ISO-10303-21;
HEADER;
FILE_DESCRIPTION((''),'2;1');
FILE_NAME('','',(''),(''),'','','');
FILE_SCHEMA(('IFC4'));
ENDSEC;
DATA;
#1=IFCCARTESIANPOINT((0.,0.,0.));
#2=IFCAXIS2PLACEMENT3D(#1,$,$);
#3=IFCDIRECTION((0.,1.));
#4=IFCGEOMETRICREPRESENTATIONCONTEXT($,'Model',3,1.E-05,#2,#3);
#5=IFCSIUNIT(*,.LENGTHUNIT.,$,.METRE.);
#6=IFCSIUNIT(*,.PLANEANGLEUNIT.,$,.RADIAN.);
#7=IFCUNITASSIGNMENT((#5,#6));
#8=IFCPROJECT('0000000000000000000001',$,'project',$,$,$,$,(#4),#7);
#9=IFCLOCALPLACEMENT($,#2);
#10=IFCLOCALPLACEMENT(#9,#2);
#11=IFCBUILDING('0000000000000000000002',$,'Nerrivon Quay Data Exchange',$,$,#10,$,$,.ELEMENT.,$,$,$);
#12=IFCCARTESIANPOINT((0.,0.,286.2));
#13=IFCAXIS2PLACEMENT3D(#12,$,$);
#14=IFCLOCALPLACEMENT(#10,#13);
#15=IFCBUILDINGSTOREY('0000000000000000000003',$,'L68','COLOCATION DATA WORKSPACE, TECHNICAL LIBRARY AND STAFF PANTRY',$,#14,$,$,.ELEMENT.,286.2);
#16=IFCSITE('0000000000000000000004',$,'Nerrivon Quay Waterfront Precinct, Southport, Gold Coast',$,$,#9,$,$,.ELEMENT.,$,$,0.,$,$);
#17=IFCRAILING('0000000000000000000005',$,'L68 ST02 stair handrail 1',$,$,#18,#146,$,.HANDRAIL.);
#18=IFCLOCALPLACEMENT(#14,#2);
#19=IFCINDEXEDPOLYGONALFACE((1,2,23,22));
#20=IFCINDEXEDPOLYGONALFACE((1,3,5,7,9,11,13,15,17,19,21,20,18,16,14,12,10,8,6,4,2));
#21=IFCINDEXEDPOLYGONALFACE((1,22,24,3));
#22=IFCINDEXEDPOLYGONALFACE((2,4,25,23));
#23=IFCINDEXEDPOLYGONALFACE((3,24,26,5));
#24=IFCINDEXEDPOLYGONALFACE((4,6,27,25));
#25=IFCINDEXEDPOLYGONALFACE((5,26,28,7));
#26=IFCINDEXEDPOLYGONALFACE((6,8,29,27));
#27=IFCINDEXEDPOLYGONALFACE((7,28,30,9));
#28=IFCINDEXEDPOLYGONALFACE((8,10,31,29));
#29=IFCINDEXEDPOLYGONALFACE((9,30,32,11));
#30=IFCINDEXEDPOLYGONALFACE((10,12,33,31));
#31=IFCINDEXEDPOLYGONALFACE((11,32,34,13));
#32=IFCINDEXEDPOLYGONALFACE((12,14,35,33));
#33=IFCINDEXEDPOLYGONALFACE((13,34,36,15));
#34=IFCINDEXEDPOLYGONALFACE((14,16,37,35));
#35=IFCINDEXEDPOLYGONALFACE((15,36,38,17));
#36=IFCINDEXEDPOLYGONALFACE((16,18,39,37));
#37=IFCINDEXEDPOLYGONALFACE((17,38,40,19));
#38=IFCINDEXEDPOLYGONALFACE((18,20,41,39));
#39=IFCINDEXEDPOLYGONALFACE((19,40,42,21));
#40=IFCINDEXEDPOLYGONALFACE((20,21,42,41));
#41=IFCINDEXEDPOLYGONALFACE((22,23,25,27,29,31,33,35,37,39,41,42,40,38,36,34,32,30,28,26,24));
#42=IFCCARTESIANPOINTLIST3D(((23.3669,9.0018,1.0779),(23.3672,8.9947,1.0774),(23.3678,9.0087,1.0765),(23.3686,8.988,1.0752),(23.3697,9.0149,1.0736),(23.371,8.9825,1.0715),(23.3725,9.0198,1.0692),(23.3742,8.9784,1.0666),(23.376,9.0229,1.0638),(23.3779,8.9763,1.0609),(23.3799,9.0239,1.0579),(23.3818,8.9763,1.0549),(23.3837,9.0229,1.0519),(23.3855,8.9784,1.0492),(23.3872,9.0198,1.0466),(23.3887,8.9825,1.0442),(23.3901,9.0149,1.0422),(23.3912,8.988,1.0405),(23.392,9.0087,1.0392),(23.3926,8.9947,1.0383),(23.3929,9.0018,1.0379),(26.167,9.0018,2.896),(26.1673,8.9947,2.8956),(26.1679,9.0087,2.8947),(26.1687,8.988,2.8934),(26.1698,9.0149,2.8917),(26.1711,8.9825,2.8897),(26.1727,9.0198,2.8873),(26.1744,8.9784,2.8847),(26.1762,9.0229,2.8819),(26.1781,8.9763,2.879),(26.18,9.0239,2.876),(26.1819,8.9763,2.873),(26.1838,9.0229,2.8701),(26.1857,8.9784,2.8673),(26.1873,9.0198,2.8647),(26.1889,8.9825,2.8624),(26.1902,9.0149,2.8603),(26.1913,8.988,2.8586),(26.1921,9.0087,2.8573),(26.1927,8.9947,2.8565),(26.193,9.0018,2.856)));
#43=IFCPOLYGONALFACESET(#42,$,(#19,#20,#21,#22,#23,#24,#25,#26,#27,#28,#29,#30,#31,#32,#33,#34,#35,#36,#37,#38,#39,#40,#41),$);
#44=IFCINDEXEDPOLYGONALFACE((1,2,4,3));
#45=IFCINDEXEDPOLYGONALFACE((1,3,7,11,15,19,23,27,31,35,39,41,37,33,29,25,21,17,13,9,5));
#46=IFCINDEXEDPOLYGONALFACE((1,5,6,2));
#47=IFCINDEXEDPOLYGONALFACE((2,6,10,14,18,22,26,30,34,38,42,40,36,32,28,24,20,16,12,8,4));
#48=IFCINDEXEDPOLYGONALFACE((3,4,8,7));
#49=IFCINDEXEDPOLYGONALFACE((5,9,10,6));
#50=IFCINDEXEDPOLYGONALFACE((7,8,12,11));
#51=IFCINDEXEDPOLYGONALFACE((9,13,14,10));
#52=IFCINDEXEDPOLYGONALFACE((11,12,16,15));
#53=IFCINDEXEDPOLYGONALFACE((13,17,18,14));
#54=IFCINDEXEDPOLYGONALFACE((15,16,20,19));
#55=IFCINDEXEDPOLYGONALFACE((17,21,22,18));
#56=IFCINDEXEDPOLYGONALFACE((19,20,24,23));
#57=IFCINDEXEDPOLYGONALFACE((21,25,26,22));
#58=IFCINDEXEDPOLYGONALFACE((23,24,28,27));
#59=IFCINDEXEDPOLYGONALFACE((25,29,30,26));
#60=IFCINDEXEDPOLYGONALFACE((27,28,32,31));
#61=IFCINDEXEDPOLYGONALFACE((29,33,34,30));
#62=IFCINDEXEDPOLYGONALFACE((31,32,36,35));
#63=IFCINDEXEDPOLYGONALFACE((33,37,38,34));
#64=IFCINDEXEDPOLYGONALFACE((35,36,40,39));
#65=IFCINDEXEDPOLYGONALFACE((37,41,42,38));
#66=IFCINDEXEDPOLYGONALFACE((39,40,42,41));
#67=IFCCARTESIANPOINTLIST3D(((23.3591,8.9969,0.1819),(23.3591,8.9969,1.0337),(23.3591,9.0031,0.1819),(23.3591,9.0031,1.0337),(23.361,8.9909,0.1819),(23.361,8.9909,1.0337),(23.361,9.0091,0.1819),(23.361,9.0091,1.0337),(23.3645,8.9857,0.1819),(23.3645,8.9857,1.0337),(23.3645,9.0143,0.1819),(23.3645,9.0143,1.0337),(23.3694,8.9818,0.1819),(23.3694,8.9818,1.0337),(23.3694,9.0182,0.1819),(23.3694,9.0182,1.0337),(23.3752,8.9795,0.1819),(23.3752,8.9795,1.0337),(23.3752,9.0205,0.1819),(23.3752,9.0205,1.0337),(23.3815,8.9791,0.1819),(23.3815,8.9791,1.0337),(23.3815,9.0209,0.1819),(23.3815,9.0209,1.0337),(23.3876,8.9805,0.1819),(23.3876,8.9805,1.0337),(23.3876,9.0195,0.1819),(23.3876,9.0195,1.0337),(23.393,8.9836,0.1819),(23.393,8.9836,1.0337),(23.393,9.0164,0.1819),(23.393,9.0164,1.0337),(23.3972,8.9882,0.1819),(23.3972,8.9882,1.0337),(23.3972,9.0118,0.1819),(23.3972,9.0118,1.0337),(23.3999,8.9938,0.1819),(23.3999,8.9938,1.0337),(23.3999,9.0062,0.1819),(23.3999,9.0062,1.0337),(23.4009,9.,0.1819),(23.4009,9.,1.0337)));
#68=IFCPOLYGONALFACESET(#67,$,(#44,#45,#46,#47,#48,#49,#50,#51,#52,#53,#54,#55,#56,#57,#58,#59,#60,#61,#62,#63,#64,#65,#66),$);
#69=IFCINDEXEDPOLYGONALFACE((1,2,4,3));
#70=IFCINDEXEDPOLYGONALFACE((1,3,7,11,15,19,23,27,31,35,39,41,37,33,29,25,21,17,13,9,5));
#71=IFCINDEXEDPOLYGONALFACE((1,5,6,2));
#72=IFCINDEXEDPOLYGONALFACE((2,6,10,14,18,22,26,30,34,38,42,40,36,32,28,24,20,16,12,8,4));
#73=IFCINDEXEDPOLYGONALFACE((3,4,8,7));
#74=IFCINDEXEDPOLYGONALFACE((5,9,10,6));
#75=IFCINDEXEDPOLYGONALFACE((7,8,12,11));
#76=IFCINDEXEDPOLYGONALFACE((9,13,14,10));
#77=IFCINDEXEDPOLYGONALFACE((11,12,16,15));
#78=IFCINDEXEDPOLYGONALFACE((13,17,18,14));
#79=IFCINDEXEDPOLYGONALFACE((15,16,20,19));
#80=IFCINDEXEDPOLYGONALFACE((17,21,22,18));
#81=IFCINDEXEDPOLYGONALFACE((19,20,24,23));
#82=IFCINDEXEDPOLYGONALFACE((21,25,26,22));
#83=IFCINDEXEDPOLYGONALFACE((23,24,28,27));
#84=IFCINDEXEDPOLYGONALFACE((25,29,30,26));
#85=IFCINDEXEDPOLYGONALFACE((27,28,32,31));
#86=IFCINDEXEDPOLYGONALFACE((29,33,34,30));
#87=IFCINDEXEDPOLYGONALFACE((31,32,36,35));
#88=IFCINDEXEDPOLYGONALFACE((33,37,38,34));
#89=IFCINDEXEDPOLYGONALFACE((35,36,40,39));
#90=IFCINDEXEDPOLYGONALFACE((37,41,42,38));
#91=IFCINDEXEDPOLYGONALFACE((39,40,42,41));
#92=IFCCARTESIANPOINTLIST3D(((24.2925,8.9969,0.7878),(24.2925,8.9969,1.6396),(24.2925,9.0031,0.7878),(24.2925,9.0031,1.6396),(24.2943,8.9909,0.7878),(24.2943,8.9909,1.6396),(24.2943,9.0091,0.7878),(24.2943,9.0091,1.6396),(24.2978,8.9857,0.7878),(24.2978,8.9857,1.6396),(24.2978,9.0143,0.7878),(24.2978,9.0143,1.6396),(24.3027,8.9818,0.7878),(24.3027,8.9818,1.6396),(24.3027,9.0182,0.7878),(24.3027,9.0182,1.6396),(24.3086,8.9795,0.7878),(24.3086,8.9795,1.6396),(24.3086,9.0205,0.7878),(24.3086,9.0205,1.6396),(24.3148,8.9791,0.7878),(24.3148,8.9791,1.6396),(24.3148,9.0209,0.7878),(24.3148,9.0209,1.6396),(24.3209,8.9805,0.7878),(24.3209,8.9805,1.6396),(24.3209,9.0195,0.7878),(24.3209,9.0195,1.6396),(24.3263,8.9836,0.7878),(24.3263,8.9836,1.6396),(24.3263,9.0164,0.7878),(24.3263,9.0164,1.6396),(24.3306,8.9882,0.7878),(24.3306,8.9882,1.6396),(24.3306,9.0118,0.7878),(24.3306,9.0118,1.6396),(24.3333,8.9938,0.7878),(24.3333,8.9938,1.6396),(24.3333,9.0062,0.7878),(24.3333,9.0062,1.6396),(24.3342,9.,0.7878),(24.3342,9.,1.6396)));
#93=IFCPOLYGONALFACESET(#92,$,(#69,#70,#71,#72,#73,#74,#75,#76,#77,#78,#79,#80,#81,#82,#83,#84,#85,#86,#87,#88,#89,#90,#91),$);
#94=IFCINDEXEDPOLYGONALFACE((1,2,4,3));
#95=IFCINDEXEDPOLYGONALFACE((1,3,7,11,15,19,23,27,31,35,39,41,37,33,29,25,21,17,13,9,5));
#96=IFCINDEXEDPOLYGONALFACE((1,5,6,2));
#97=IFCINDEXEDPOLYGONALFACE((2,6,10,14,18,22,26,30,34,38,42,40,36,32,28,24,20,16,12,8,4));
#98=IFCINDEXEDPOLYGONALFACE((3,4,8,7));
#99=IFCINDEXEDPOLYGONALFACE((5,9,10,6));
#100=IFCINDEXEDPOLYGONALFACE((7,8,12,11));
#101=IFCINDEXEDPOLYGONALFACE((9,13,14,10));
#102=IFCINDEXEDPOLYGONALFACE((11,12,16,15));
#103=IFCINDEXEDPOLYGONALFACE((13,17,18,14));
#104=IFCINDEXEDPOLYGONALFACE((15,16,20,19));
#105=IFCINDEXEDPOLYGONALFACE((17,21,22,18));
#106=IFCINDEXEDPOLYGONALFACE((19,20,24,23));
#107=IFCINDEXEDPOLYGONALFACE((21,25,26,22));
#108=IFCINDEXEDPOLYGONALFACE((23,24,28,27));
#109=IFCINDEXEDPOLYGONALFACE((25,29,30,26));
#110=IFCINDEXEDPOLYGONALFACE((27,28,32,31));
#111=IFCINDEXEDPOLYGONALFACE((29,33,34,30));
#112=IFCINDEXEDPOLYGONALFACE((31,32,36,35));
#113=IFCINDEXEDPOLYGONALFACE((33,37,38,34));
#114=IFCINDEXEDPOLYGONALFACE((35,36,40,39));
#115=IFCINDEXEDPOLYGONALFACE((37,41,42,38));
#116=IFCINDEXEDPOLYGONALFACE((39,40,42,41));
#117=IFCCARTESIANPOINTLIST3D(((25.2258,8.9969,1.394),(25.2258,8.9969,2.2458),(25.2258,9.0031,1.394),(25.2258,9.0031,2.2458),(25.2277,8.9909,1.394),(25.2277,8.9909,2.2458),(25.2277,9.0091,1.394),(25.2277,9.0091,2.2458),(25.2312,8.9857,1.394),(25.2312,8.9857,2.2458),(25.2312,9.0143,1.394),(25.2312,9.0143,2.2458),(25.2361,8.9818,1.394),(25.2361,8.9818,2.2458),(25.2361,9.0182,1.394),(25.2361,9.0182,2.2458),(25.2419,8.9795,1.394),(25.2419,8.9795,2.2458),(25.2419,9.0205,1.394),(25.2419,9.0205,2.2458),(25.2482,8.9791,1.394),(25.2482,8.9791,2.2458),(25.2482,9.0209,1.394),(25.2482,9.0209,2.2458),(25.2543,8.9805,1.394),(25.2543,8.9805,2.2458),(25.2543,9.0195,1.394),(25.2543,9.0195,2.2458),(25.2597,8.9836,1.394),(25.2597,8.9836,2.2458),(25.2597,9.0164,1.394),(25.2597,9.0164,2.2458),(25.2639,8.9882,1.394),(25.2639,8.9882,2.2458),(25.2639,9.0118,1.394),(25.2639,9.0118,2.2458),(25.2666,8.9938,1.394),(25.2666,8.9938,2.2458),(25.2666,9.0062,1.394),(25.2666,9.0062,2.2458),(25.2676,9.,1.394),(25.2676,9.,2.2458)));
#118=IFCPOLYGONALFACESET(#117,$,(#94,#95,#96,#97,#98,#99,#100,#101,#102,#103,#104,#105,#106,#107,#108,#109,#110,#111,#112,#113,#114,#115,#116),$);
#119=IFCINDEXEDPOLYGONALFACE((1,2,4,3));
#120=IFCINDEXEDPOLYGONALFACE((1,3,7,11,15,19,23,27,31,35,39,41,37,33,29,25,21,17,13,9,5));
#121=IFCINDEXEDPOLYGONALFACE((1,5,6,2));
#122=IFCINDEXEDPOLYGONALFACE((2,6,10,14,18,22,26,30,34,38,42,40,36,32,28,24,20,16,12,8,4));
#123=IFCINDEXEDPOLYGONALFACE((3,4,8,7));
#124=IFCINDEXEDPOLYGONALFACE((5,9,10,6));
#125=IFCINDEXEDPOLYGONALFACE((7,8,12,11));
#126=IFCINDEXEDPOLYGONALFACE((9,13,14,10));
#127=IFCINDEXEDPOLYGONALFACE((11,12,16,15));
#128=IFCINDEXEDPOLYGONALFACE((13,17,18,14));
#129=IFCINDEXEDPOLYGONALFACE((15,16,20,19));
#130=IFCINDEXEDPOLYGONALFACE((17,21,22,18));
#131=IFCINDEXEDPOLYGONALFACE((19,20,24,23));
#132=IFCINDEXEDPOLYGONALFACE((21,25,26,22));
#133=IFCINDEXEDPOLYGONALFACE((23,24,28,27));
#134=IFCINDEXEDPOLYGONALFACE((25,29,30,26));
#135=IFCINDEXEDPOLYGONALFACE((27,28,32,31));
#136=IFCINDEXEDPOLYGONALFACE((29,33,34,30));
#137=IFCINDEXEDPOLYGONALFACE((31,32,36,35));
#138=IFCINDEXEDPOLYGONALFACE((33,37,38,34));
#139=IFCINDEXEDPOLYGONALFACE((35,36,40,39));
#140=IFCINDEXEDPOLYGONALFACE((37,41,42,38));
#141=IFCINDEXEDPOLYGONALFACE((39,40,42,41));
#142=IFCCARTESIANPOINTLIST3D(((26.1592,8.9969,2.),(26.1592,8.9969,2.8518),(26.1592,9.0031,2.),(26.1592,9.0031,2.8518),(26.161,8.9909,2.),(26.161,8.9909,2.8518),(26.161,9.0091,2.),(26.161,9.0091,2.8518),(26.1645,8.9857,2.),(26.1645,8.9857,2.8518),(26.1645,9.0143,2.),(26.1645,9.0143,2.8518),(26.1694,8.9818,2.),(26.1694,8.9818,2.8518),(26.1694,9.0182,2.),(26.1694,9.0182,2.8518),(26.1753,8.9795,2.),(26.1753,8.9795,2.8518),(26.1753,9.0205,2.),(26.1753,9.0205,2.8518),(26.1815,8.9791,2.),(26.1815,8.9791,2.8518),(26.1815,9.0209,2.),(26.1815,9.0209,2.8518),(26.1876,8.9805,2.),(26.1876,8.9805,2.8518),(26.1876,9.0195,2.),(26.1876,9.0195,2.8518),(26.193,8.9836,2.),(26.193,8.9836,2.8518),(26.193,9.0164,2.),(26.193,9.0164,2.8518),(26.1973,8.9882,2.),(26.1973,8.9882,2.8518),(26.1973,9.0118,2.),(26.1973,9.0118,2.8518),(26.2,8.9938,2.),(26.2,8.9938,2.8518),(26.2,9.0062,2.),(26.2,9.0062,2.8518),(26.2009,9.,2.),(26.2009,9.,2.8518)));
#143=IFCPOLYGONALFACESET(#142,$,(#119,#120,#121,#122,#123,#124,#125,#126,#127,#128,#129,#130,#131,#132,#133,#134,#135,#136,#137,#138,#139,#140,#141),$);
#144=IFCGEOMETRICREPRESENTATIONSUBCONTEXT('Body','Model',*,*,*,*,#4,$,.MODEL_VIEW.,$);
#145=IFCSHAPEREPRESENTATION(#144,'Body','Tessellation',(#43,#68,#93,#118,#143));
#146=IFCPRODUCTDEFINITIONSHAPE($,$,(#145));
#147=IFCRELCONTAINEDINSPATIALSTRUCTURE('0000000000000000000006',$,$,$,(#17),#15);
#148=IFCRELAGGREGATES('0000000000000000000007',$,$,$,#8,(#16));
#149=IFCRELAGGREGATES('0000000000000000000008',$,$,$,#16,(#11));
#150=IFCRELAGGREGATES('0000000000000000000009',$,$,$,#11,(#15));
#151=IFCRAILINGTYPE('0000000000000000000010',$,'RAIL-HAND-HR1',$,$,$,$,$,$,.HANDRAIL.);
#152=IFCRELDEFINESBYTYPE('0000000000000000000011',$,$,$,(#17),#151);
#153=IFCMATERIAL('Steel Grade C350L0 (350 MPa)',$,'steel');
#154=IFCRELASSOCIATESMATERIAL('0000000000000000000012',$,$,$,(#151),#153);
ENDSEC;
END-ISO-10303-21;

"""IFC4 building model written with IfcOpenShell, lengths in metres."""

from ifc_helpers import new_model, si_unit, direction, frame, origin, origin_2d, place, context, subcontext, project, spatial, circle, extrude, material, type_object, element, save


model = new_model("IFC4")

# Units and contexts
model_context = context("Model", 3, precision=1e-05, world=origin(), true_north=direction((0.0, 1.0)))
body_context = subcontext(model_context, "Body", "Model", "MODEL_VIEW")
ifc_project = project(units=[si_unit("LENGTHUNIT", "METRE"), si_unit("PLANEANGLEUNIT", "RADIAN")], contexts=[model_context])

# Site, building, storey
site_placement = place(None, origin())
site = spatial("IfcSite", under=ifc_project, at=site_placement, Name="Nerrivon Quay Waterfront Precinct, Southport, Gold Coast", CompositionType="ELEMENT", RefElevation=0.0)
building_placement = place(site_placement, origin())
building = spatial("IfcBuilding", under=site, at=building_placement, Name="Nerrivon Quay Data Exchange", CompositionType="ELEMENT")
storey_placement = place(building_placement, frame((0.0, 0.0, 286.2)))
storey = spatial("IfcBuildingStorey", under=building, at=storey_placement, Name="L68", Description="COLOCATION DATA WORKSPACE, TECHNICAL LIBRARY AND STAFF PANTRY", CompositionType="ELEMENT", Elevation=286.2)

# Railing
ifc_material_1 = material(Name="Steel Grade C350L0 (350 MPa)", Category="steel")
railing_type_1 = type_object("IfcRailingType", Name="RAIL-HAND-HR1", PredefinedType="HANDRAIL", material=ifc_material_1)
railing_1_placement = place(storey_placement, frame((23.3799, 9.0, 0.1819)))
element("IfcRailing", 1, at=railing_1_placement, inside=storey, type_object=railing_type_1, Name="L68 ST02 stair handrail 1", PredefinedType="HANDRAIL", context=body_context, shape_type="SweptSolid", body=[
    extrude(circle(Radius=0.0239, at=origin_2d()), frame((0.0, 0.0, 0.876), z_axis=(0.838706, 0.0, 0.544585), x_axis=(0.0, 1.0, 0.0)), (0.0, 0.0, 1.0), 3.3386),
    extrude(circle(Radius=0.021, at=origin_2d()), origin(), (0.0, 0.0, 1.0), 0.8518),
    extrude(circle(Radius=0.021, at=origin_2d()), frame((0.9333, 0.0, 0.606)), (0.0, 0.0, 1.0), 0.8518),
    extrude(circle(Radius=0.021, at=origin_2d()), frame((1.8667, 0.0, 1.2122)), (0.0, 0.0, 1.0), 0.8518),
    extrude(circle(Radius=0.021, at=origin_2d()), frame((2.8, 0.0, 1.8181)), (0.0, 0.0, 1.0), 0.8518),
])

save(model, "model.ifc")
